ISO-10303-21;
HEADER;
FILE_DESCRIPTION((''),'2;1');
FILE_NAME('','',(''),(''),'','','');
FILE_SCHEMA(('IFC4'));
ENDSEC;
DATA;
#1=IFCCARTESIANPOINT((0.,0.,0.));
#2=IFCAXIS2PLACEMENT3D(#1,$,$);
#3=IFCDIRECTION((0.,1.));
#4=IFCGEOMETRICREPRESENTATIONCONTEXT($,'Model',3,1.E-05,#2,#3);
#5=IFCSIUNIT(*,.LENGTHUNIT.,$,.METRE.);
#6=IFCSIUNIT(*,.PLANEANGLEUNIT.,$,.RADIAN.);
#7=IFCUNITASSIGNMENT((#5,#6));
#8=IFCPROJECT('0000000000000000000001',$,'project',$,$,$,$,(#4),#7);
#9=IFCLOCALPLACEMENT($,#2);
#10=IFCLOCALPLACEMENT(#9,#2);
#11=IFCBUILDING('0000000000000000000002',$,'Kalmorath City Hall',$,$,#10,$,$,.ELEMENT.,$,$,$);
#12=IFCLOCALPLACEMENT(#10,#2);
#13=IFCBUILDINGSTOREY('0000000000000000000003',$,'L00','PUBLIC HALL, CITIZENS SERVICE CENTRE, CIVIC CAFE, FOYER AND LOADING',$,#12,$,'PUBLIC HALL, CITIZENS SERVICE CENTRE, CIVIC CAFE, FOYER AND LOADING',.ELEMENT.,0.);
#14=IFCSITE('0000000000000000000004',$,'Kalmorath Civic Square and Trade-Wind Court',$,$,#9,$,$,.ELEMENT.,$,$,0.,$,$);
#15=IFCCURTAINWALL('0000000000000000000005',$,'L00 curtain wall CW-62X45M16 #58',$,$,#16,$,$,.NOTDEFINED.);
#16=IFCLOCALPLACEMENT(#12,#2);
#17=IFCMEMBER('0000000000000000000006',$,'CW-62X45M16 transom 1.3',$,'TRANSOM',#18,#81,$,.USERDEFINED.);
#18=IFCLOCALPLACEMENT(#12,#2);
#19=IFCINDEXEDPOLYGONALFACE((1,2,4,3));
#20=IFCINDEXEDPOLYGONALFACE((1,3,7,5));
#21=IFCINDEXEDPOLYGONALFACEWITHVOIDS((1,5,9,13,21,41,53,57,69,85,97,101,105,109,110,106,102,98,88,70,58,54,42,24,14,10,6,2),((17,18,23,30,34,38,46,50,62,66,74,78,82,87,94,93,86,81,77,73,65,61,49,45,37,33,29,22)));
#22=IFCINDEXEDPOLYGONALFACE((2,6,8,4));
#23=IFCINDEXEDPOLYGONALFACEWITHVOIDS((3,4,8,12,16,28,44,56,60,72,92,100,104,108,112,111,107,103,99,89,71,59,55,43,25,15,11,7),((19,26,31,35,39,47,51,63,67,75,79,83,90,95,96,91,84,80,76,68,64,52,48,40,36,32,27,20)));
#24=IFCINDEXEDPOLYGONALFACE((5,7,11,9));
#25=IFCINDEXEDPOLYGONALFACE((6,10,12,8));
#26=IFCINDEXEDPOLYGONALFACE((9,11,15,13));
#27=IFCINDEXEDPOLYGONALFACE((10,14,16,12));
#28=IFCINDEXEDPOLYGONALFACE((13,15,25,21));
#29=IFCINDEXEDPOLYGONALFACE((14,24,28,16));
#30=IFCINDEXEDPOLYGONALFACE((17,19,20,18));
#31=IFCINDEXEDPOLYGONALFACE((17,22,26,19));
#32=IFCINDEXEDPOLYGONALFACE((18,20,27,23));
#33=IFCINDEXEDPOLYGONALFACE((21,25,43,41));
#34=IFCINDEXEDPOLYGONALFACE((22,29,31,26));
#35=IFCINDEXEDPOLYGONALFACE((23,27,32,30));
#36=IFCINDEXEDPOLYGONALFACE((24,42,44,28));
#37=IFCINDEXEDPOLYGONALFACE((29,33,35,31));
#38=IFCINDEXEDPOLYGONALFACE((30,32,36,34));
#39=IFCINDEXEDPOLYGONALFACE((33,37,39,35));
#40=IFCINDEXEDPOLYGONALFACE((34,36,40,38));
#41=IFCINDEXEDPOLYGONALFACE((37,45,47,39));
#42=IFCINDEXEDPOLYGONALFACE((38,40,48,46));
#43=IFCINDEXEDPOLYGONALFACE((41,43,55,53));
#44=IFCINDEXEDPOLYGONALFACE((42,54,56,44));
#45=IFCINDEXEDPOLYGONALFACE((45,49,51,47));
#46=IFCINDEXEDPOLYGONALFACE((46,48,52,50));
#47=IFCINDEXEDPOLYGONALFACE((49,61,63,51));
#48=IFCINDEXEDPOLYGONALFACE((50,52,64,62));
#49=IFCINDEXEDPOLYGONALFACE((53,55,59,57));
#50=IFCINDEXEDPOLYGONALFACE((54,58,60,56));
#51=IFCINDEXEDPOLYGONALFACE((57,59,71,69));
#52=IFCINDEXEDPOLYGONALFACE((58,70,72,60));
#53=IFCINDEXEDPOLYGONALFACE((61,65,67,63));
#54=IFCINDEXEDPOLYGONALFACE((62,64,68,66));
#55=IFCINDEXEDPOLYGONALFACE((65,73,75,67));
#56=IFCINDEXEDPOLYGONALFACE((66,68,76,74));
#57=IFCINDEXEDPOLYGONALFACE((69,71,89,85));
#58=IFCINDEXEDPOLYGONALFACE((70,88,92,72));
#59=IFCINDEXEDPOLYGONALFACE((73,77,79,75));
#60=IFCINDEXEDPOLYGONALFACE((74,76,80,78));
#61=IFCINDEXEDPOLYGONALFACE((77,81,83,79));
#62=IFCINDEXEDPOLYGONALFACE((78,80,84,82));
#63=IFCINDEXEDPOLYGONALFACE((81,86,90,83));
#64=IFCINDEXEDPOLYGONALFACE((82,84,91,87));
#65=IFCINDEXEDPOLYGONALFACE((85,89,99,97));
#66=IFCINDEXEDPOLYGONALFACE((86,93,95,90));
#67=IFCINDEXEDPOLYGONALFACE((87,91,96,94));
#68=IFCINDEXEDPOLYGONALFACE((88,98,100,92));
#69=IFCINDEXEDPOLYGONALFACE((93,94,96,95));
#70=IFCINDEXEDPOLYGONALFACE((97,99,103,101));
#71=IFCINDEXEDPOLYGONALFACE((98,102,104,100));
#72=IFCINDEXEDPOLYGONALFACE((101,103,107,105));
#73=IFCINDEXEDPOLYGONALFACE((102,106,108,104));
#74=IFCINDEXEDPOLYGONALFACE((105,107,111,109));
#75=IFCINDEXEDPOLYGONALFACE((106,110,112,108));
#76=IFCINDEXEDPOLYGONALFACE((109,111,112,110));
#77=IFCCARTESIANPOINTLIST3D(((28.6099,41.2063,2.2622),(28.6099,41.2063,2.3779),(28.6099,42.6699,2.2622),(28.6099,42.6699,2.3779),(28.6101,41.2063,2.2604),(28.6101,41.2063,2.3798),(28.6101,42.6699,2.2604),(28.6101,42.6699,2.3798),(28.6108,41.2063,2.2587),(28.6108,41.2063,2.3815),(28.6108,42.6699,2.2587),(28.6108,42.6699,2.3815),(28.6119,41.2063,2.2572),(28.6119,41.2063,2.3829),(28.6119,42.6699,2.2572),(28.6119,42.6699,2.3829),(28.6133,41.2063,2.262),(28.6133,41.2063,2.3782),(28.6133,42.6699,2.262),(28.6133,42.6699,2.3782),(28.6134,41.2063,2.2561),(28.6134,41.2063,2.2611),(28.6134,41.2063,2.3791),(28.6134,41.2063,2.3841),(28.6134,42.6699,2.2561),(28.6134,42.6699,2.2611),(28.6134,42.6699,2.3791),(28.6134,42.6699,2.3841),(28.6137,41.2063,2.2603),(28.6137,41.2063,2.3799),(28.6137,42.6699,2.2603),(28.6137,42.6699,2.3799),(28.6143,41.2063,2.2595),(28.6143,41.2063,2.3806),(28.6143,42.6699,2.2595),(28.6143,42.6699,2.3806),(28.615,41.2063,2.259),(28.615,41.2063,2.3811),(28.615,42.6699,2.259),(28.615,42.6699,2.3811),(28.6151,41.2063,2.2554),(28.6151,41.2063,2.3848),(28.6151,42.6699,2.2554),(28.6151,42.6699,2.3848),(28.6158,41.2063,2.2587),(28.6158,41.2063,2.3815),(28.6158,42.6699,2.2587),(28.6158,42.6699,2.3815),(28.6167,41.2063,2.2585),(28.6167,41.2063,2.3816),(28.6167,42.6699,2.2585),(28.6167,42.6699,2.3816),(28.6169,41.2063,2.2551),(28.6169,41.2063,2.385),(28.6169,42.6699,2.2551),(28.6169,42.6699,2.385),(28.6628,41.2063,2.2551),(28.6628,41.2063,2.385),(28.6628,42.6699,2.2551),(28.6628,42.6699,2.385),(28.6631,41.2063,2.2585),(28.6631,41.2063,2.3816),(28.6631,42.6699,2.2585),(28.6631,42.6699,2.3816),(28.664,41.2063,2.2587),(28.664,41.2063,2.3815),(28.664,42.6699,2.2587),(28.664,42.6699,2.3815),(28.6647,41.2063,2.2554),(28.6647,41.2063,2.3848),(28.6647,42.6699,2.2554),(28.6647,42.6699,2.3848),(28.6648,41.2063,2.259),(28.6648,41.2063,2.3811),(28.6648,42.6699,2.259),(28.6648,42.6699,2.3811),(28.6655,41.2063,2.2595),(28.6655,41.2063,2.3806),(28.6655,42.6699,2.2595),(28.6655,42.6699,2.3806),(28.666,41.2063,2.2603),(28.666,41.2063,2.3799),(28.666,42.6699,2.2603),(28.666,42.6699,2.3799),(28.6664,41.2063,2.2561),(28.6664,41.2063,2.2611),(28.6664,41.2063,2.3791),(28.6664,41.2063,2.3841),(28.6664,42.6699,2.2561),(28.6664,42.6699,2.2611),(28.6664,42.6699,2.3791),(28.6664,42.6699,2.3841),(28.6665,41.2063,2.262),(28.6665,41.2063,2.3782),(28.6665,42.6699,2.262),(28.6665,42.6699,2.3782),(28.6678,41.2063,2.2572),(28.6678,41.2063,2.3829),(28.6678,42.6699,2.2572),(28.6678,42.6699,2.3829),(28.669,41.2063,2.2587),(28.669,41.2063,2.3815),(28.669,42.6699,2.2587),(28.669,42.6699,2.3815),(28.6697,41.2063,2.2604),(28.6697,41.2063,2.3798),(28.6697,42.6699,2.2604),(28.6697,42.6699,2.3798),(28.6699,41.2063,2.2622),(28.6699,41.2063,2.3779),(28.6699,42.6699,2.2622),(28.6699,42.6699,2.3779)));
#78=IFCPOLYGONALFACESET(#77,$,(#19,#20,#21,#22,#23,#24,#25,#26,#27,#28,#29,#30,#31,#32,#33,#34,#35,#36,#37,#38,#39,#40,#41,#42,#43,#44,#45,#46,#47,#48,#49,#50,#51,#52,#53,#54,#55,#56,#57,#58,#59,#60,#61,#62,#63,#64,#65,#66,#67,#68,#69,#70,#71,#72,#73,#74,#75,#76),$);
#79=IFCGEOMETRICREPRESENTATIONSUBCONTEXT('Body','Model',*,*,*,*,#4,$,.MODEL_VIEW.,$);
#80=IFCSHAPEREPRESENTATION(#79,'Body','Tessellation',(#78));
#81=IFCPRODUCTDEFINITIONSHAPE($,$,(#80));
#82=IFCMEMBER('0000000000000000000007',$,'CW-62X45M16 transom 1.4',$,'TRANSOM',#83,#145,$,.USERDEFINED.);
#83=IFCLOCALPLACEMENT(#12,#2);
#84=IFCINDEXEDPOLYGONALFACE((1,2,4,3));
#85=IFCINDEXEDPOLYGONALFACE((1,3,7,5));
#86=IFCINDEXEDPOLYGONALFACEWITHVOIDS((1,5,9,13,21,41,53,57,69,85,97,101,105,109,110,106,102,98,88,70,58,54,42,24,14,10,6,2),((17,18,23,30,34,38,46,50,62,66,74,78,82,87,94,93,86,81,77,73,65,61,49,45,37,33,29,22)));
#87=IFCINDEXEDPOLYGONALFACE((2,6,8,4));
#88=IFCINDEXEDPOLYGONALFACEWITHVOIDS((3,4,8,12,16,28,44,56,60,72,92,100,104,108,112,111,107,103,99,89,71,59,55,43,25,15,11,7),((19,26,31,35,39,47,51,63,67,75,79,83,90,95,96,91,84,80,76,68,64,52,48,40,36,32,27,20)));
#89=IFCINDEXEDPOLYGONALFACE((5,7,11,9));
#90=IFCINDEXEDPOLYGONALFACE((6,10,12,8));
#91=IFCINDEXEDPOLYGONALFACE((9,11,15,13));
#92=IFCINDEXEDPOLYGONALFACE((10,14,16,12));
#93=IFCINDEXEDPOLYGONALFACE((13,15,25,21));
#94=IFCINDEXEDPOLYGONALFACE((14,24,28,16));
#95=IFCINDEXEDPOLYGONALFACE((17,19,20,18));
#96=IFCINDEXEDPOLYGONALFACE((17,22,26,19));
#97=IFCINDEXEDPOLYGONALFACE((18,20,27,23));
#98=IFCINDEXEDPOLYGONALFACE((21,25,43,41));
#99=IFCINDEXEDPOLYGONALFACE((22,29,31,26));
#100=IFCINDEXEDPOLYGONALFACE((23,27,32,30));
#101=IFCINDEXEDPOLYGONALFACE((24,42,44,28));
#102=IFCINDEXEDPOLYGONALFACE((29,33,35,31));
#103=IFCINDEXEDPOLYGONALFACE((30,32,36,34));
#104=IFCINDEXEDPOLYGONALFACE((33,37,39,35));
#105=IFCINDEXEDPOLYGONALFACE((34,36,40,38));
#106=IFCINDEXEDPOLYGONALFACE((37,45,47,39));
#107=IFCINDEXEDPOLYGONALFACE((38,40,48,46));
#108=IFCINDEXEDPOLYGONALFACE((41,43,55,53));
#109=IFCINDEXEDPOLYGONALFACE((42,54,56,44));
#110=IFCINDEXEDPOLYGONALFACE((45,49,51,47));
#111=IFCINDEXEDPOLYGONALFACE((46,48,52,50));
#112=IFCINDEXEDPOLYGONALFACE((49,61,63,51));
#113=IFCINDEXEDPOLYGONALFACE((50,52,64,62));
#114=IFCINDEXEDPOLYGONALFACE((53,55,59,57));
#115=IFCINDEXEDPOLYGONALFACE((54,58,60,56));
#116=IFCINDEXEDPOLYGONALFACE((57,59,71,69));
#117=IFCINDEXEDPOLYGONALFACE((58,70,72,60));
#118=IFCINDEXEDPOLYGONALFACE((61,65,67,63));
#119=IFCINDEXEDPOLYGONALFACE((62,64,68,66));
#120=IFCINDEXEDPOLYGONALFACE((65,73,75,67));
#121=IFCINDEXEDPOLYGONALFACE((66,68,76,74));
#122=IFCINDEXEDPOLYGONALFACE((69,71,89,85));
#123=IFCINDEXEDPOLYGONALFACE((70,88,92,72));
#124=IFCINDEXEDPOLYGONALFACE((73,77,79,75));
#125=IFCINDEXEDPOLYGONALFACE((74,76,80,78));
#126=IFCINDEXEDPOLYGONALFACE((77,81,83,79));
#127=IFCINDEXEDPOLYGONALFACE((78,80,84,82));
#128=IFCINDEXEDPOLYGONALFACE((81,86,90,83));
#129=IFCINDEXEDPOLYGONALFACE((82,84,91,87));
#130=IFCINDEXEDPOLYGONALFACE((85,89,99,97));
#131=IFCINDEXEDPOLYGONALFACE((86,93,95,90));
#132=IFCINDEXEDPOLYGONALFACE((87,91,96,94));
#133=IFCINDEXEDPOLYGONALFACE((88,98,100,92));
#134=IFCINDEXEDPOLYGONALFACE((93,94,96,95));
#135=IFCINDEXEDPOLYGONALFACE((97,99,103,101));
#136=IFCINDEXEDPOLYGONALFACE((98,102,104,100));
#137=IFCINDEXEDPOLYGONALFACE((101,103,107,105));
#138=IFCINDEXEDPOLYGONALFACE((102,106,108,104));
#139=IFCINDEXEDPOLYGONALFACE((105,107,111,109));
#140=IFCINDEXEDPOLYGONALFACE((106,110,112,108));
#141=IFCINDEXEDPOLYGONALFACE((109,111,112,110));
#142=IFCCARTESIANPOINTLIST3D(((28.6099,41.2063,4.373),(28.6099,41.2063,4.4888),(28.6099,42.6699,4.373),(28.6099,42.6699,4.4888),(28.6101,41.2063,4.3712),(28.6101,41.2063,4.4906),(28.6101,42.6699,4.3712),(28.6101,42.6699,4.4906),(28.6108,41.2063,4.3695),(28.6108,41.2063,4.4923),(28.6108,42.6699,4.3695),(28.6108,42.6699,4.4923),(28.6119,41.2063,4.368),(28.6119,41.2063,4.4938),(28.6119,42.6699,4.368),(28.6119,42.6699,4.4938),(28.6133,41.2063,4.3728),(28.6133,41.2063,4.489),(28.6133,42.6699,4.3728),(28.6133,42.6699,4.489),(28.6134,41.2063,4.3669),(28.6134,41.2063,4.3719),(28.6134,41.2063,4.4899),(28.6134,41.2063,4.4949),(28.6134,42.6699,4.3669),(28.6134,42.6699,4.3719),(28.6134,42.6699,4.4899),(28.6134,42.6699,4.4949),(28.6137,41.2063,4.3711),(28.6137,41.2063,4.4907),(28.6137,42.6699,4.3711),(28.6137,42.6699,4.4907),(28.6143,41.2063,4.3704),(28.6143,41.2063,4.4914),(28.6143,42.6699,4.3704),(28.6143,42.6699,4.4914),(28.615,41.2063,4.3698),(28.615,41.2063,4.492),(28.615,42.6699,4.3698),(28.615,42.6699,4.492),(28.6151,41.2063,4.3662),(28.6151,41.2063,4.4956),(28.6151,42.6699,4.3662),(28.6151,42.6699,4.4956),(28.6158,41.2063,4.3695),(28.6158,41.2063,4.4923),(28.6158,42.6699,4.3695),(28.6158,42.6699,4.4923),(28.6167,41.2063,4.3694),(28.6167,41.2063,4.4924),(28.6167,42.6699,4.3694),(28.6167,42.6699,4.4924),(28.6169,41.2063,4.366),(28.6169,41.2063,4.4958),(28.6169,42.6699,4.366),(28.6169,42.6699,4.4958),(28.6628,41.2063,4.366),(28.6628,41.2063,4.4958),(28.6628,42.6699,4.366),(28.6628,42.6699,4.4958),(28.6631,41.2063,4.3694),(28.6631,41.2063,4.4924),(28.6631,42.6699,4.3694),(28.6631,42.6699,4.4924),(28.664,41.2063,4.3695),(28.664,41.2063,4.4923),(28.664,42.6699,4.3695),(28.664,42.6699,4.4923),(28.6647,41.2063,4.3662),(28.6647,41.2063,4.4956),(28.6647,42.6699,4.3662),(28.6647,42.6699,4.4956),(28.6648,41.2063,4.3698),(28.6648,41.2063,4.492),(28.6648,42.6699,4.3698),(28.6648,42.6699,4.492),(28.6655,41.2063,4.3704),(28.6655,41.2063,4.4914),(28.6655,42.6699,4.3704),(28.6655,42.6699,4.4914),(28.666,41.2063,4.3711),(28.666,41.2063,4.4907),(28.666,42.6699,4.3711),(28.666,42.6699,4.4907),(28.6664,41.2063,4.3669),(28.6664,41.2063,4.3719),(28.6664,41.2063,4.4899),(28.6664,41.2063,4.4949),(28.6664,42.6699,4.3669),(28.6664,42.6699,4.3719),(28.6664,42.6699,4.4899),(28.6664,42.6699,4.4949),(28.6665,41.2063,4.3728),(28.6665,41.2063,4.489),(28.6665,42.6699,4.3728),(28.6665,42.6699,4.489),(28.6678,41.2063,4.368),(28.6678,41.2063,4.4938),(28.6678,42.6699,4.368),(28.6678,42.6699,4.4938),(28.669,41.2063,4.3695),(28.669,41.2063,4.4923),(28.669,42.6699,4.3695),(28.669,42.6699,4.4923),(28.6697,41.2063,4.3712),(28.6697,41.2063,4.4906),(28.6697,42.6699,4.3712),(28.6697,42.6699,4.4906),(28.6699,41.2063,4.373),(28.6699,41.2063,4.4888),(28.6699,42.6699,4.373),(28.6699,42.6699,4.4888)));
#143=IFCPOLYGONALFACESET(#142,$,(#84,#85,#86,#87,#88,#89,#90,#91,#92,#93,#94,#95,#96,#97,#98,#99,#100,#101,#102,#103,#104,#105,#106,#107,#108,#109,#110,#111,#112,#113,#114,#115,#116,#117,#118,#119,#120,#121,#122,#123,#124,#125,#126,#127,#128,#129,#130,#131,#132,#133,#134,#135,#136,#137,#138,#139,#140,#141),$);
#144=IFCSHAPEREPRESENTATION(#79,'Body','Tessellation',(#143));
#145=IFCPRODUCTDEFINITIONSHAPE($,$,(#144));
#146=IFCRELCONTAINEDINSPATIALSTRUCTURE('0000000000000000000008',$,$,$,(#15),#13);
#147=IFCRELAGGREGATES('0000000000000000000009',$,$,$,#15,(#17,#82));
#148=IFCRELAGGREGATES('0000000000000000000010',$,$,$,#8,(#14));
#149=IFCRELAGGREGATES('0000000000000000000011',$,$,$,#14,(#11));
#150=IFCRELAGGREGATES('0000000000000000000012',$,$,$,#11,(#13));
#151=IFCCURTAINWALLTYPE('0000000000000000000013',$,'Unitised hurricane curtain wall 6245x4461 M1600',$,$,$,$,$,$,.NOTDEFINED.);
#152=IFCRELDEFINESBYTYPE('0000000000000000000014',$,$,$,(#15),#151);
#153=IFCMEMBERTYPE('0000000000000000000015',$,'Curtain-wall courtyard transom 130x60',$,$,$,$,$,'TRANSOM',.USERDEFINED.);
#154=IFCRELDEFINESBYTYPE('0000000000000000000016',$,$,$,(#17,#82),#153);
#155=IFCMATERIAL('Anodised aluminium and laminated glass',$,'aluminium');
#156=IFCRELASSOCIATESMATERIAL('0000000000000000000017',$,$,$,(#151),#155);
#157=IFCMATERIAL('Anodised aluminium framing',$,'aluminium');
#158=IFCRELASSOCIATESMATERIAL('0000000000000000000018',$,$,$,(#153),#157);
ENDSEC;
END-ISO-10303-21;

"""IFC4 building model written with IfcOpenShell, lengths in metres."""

from ifc_helpers import new_model, si_unit, direction, frame, origin, origin_2d, place, context, subcontext, project, spatial, hollow_rectangle, extrude, material, material_profile, profile_set, type_object, element, aggregate, save


model = new_model("IFC4")

# Units and contexts
model_context = context("Model", 3, precision=1e-05, world=origin(), true_north=direction((0.0, 1.0)))
body_context = subcontext(model_context, "Body", "Model", "MODEL_VIEW")
ifc_project = project(units=[si_unit("LENGTHUNIT", "METRE"), si_unit("PLANEANGLEUNIT", "RADIAN")], contexts=[model_context])

# Site, building, storey
site_placement = place(None, origin())
site = spatial("IfcSite", under=ifc_project, at=site_placement, Name="Kalmorath Civic Square and Trade-Wind Court", CompositionType="ELEMENT", RefElevation=0.0)
building_placement = place(site_placement, origin())
building = spatial("IfcBuilding", under=site, at=building_placement, Name="Kalmorath City Hall", CompositionType="ELEMENT")
storey_placement = place(building_placement, origin())
storey = spatial("IfcBuildingStorey", under=building, at=storey_placement, Name="L00", Description="PUBLIC HALL, CITIZENS SERVICE CENTRE, CIVIC CAFE, FOYER AND LOADING", LongName="PUBLIC HALL, CITIZENS SERVICE CENTRE, CIVIC CAFE, FOYER AND LOADING", CompositionType="ELEMENT", Elevation=0.0)

# Curtain wall, members
ifc_material_1 = material(Name="Anodised aluminium and laminated glass", Category="aluminium")
curtain_wall_type_1 = type_object("IfcCurtainWallType", Name="Unitised hurricane curtain wall 6245x4461 M1600", PredefinedType="NOTDEFINED", material=ifc_material_1)
curtain_wall_1_placement = place(storey_placement, origin())
curtain_wall_1 = element("IfcCurtainWall", 1, at=curtain_wall_1_placement, inside=storey, type_object=curtain_wall_type_1, Name="L00 curtain wall CW-62X45M16 #58", PredefinedType="NOTDEFINED")
ifc_material_2 = material(Name="Anodised aluminium framing", Category="aluminium")
ifc_material_profile_1 = material_profile(ifc_material_2, hollow_rectangle(XDim=0.0601, YDim=0.1299, WallThickness=0.0034, InnerFilletRadius=0.0034, OuterFilletRadius=0.0071, at=origin_2d()), Name="ALU-TRN-130X60X3.5")
ifc_profile_set_1 = profile_set([ifc_material_profile_1], Name="Anodised aluminium framing")
member_type_1 = type_object("IfcMemberType", Name="Curtain-wall courtyard transom 130x60", ElementType="TRANSOM", PredefinedType="USERDEFINED", material=ifc_profile_set_1)
member_1_placement = place(storey_placement, frame((28.6399, 42.6699, 2.3201), z_axis=(0.0, -1.0, 0.0), x_axis=(1.0, 0.0, 0.0)))
member_1 = element("IfcMember", 2, at=member_1_placement, type_object=member_type_1, Name="CW-62X45M16 transom 1.3", ObjectType="TRANSOM", PredefinedType="USERDEFINED", context=body_context, shape_type="SweptSolid", body=[
    extrude(hollow_rectangle(XDim=0.0601, YDim=0.1299, WallThickness=0.0034, InnerFilletRadius=0.0034, OuterFilletRadius=0.0071, at=origin_2d()), origin(), (0.0, 0.0, 1.0), 1.4636),
])
member_2_placement = place(storey_placement, frame((28.6399, 42.6699, 4.4309), z_axis=(0.0, -1.0, 0.0), x_axis=(1.0, 0.0, 0.0)))
member_2 = element("IfcMember", 3, at=member_2_placement, type_object=member_type_1, Name="CW-62X45M16 transom 1.4", ObjectType="TRANSOM", PredefinedType="USERDEFINED", context=body_context, shape_type="SweptSolid", body=[
    extrude(hollow_rectangle(XDim=0.0601, YDim=0.1299, WallThickness=0.0034, InnerFilletRadius=0.0034, OuterFilletRadius=0.0071, at=origin_2d()), origin(), (0.0, 0.0, 1.0), 1.4636),
])

aggregate(curtain_wall_1, [member_1, member_2])

save(model, "model.ifc")
